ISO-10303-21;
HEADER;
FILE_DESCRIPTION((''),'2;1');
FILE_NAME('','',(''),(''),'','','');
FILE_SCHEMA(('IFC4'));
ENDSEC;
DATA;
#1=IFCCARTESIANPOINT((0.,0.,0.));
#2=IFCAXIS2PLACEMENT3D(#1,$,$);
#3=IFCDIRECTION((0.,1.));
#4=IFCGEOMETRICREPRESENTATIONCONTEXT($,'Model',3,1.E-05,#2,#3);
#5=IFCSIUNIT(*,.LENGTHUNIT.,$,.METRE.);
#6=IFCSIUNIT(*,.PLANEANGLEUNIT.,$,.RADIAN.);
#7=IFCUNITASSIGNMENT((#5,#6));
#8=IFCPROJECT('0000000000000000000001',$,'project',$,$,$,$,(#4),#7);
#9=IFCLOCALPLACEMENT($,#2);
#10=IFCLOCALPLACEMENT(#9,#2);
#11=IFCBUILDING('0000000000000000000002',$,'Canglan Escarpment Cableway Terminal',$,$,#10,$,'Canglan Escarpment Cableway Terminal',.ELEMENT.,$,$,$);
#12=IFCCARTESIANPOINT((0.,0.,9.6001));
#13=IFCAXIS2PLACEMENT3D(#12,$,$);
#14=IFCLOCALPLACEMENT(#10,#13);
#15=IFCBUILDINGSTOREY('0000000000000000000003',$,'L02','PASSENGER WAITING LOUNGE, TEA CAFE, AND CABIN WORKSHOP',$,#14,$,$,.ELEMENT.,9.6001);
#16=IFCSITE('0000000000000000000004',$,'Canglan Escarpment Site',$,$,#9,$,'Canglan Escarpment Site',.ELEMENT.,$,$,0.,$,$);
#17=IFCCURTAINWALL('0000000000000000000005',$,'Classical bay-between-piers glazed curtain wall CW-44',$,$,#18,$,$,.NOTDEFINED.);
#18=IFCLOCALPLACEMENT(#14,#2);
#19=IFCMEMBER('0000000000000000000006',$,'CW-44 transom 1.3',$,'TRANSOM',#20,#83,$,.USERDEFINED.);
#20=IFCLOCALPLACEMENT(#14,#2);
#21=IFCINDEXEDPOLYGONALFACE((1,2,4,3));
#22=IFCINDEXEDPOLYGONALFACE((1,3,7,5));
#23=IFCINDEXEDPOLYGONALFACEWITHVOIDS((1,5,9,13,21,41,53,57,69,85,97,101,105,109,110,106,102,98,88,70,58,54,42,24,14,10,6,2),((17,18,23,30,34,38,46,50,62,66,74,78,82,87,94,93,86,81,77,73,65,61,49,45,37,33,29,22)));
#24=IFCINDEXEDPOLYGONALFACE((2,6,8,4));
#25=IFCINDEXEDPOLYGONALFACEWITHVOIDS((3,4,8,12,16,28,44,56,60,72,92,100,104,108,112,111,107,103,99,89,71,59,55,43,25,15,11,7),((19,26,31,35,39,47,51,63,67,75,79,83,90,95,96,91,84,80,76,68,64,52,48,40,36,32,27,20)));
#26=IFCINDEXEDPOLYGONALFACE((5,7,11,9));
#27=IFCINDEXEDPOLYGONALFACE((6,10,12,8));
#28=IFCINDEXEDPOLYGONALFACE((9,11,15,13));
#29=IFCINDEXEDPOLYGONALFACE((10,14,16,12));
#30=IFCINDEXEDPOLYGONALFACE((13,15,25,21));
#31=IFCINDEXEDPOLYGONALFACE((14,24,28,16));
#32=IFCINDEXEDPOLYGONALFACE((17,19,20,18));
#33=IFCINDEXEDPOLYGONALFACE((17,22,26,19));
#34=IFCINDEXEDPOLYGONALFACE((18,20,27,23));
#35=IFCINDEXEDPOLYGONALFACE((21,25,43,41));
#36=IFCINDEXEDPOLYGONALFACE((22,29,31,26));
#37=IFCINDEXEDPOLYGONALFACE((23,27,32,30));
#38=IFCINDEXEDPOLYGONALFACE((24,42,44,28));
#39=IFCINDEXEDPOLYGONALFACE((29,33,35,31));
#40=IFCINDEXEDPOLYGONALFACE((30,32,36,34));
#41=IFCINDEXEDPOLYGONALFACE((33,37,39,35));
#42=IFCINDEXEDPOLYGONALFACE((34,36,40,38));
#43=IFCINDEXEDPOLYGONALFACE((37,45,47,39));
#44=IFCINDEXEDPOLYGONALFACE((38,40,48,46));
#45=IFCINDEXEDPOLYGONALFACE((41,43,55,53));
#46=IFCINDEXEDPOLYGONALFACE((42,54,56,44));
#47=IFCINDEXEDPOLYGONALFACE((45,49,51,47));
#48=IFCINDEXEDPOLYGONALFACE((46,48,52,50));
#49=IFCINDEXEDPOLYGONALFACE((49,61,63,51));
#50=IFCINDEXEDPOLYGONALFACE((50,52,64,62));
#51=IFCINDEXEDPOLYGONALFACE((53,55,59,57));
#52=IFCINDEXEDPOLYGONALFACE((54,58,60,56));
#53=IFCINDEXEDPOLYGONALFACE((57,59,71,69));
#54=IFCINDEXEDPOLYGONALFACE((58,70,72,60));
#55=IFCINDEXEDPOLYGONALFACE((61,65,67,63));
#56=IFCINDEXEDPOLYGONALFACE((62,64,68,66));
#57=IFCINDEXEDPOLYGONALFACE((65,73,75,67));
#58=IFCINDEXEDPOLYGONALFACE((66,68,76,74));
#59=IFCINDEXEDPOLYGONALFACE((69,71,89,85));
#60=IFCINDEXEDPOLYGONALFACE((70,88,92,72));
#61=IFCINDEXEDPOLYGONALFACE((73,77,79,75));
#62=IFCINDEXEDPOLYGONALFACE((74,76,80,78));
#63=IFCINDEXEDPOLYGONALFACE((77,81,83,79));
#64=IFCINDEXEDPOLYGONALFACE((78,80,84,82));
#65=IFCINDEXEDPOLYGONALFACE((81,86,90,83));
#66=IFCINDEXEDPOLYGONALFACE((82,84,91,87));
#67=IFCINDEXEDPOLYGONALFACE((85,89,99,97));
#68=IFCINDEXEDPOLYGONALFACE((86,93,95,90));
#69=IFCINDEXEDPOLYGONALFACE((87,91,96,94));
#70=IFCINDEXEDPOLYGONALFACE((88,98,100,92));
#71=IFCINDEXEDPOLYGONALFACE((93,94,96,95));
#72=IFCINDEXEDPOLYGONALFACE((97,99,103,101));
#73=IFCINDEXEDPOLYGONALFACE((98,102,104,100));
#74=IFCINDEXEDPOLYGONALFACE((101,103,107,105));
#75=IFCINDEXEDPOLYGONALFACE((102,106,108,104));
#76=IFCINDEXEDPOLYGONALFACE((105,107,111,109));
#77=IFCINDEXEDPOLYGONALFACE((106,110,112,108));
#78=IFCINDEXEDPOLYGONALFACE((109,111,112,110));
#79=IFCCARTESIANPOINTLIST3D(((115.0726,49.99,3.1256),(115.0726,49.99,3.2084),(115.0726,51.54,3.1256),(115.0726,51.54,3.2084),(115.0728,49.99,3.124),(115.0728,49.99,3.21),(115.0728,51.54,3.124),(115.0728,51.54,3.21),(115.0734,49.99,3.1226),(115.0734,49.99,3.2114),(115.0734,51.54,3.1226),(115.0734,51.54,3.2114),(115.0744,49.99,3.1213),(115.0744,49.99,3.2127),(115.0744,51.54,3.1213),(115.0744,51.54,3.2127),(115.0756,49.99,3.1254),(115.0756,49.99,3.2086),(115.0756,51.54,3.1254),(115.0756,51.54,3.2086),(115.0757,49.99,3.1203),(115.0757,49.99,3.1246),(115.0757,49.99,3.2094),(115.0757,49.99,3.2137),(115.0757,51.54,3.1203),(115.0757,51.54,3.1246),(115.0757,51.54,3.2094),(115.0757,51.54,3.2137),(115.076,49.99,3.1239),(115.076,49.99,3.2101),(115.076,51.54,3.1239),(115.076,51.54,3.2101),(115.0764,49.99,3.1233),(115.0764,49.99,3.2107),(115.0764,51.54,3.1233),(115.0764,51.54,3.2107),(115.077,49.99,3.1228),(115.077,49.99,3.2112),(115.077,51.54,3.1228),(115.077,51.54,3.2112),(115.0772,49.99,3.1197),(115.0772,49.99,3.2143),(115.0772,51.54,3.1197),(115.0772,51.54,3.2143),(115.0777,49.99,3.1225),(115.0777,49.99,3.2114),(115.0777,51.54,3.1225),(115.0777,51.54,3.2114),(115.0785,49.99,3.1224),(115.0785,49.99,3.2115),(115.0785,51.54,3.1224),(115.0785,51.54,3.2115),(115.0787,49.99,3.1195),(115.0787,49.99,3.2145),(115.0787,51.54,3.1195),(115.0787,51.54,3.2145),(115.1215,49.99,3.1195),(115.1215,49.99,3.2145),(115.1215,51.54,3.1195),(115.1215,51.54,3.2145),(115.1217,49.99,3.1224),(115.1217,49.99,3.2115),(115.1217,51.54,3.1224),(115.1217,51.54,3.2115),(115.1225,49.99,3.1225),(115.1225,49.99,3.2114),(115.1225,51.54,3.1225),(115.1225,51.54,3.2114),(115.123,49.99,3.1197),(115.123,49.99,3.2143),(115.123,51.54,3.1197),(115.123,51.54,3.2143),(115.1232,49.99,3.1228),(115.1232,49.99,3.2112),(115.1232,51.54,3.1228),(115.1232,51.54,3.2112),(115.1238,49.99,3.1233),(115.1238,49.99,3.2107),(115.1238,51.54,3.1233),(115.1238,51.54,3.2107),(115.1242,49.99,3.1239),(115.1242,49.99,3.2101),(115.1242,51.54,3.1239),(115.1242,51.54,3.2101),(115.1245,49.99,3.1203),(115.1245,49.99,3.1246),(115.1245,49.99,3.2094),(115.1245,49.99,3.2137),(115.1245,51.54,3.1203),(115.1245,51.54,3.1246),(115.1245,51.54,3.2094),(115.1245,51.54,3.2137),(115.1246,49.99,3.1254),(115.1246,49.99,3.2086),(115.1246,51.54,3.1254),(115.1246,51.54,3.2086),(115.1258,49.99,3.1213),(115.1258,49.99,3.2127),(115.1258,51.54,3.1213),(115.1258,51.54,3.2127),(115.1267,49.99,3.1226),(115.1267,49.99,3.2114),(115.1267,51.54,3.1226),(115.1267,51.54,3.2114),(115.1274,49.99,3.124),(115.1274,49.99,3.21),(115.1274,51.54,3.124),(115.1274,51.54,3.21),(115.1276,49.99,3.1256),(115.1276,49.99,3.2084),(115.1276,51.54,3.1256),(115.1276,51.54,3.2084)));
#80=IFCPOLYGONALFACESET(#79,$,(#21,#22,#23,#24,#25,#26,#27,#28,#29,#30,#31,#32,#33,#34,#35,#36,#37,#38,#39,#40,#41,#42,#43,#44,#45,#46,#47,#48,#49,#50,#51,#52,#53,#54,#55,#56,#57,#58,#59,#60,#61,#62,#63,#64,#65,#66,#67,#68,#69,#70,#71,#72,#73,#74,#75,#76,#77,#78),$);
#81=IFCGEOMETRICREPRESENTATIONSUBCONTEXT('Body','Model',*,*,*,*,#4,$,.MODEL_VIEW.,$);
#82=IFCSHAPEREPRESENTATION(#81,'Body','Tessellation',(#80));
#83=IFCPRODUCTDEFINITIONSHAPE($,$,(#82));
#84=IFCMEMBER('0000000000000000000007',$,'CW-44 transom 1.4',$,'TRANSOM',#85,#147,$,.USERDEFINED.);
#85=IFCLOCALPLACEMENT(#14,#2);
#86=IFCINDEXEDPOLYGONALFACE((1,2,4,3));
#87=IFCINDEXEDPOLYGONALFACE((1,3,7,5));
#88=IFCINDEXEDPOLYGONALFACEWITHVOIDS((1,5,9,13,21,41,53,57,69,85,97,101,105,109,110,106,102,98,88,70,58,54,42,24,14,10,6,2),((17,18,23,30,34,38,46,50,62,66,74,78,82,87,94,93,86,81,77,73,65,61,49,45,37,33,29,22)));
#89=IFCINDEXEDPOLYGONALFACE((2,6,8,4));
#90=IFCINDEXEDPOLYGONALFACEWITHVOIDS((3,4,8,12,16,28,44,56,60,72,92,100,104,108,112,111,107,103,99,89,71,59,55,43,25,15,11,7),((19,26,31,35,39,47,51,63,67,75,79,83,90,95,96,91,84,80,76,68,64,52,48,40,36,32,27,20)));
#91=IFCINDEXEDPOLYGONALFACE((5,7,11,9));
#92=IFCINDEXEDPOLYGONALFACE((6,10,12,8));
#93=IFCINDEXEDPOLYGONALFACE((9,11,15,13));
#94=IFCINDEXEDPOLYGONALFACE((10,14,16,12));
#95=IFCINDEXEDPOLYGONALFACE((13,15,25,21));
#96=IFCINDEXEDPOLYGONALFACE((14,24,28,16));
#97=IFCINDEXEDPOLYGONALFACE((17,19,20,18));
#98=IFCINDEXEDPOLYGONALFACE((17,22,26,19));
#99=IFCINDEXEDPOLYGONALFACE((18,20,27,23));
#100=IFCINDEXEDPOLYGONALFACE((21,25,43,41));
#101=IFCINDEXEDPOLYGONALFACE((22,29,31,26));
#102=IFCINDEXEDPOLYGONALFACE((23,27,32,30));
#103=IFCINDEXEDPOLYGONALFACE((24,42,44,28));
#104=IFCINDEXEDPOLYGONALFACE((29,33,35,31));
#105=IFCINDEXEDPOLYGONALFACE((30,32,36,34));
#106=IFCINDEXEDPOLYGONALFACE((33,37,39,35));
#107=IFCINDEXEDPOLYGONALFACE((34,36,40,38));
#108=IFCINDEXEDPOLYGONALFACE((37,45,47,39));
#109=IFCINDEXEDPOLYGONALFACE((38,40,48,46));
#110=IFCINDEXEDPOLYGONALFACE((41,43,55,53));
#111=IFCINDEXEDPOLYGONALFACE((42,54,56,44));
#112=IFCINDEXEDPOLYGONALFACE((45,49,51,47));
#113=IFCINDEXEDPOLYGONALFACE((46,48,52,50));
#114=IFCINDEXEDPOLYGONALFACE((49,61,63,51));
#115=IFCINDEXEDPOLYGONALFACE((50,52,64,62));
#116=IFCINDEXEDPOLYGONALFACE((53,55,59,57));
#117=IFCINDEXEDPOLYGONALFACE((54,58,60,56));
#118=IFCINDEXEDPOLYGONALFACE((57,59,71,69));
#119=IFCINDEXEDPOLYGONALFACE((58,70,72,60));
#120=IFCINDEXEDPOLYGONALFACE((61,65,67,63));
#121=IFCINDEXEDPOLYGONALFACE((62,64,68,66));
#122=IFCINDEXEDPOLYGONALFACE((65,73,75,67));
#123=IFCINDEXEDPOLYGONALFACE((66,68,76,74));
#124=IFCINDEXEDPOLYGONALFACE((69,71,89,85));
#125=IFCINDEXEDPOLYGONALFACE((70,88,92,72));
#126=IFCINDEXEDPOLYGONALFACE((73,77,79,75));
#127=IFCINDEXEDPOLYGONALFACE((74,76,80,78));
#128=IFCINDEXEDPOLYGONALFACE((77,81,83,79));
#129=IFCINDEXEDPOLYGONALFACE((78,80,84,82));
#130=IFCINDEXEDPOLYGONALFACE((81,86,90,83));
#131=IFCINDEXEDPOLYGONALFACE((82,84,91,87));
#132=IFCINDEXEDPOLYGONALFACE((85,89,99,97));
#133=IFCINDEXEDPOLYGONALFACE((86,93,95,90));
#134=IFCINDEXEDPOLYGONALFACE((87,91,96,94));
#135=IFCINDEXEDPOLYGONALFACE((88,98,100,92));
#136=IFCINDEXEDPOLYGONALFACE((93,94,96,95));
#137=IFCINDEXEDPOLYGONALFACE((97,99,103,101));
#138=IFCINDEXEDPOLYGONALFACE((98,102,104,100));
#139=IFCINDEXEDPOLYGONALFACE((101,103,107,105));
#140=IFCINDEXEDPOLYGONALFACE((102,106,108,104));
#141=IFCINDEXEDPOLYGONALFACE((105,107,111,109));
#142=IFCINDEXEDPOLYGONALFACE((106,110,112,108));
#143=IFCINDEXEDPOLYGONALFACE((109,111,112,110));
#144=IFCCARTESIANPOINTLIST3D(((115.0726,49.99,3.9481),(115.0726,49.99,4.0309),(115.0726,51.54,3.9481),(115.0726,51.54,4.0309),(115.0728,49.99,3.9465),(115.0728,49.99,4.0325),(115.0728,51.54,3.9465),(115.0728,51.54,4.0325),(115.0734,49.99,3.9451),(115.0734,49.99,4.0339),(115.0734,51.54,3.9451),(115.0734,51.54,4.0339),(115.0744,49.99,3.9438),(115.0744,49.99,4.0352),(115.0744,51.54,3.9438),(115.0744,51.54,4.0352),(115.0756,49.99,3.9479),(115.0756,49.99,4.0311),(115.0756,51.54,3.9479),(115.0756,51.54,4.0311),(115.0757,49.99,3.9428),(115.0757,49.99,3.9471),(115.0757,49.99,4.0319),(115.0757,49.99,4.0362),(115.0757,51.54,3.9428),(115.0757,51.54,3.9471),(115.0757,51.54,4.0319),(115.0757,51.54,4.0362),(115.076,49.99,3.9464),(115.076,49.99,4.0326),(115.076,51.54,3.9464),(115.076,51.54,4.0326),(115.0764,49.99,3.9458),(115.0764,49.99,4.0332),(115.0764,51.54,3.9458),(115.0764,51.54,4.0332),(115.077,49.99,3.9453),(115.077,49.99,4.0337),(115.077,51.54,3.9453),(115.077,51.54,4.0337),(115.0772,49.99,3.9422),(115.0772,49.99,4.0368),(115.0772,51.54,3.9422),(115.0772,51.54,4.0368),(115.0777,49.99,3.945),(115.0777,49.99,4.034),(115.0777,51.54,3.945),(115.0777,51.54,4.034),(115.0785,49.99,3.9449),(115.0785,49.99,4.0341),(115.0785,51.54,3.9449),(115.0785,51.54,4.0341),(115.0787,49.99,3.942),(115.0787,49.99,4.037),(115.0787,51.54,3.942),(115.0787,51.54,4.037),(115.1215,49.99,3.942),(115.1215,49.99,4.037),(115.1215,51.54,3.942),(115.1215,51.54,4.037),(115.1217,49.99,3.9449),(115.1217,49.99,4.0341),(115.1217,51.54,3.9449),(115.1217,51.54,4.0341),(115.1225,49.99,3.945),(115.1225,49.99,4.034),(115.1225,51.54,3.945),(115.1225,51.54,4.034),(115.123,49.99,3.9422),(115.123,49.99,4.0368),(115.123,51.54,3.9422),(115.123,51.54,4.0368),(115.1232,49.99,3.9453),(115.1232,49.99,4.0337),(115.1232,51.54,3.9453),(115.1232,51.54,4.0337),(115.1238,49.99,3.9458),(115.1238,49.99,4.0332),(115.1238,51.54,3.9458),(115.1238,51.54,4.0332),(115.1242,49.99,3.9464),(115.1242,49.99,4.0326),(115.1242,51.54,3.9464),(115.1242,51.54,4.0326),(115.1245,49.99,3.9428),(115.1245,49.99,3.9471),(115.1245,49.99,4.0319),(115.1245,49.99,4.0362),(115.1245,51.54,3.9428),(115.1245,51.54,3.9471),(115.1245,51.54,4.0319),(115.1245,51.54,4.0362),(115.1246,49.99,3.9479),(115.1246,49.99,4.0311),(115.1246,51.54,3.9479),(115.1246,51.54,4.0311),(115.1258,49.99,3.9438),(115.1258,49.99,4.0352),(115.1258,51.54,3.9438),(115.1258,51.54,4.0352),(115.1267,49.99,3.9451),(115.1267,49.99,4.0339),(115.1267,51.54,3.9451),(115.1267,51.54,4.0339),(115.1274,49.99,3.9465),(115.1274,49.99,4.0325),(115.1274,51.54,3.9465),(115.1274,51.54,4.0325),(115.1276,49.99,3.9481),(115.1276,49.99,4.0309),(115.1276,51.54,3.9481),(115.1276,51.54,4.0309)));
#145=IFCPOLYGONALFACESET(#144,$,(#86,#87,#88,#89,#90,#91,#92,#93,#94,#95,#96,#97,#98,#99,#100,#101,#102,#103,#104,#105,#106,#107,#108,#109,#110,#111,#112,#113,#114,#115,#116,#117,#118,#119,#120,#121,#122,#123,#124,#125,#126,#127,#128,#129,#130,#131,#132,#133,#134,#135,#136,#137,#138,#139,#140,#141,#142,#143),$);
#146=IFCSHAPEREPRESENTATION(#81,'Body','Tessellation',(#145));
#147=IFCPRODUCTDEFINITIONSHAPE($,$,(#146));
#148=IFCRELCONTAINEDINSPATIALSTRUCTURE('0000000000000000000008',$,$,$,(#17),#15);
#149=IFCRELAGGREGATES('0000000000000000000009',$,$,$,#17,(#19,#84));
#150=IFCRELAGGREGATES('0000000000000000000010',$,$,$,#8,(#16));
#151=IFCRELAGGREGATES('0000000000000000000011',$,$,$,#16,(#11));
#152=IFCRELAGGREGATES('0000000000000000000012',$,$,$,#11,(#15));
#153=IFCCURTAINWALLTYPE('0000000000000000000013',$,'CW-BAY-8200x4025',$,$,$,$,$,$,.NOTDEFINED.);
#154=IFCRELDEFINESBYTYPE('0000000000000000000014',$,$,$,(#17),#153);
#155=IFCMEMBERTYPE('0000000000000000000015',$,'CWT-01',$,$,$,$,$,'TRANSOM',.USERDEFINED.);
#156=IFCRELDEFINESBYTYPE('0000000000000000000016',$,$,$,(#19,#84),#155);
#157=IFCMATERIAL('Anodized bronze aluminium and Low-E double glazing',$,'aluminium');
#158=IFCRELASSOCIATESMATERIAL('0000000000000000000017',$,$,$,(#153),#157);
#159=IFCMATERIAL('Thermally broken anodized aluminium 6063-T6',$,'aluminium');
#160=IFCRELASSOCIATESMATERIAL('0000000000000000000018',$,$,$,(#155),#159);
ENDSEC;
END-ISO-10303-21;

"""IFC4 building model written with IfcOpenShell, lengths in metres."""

from ifc_helpers import new_model, si_unit, direction, frame, origin, origin_2d, place, context, subcontext, project, spatial, hollow_rectangle, extrude, material, material_profile, profile_set, type_object, element, aggregate, save


model = new_model("IFC4")

# Units and contexts
model_context = context("Model", 3, precision=1e-05, world=origin(), true_north=direction((0.0, 1.0)))
body_context = subcontext(model_context, "Body", "Model", "MODEL_VIEW")
ifc_project = project(units=[si_unit("LENGTHUNIT", "METRE"), si_unit("PLANEANGLEUNIT", "RADIAN")], contexts=[model_context])

# Site, building, storey
site_placement = place(None, origin())
site = spatial("IfcSite", under=ifc_project, at=site_placement, Name="Canglan Escarpment Site", LongName="Canglan Escarpment Site", CompositionType="ELEMENT", RefElevation=0.0)
building_placement = place(site_placement, origin())
building = spatial("IfcBuilding", under=site, at=building_placement, Name="Canglan Escarpment Cableway Terminal", LongName="Canglan Escarpment Cableway Terminal", CompositionType="ELEMENT")
storey_placement = place(building_placement, frame((0.0, 0.0, 9.6001)))
storey = spatial("IfcBuildingStorey", under=building, at=storey_placement, Name="L02", Description="PASSENGER WAITING LOUNGE, TEA CAFE, AND CABIN WORKSHOP", CompositionType="ELEMENT", Elevation=9.6001)

# Curtain wall
ifc_material_1 = material(Name="Anodized bronze aluminium and Low-E double glazing", Category="aluminium")
curtain_wall_type = type_object("IfcCurtainWallType", Name="CW-BAY-8200x4025", PredefinedType="NOTDEFINED", material=ifc_material_1)
curtain_wall_1_placement = place(storey_placement, origin())
curtain_wall_1 = element("IfcCurtainWall", 1, at=curtain_wall_1_placement, inside=storey, type_object=curtain_wall_type, Name="Classical bay-between-piers glazed curtain wall CW-44", PredefinedType="NOTDEFINED")
ifc_material_2 = material(Name="Thermally broken anodized aluminium 6063-T6", Category="aluminium")

# Members
ifc_material_profile_1 = material_profile(ifc_material_2, hollow_rectangle(XDim=0.0549, YDim=0.095, WallThickness=0.0029, InnerFilletRadius=0.0029, OuterFilletRadius=0.0061, at=origin_2d()), Name="ALU-TRAN 55x95x3")
ifc_profile_set_1 = profile_set([ifc_material_profile_1], Name="Thermally broken anodized aluminium 6063-T6")
member_type_1 = type_object("IfcMemberType", Name="CWT-01", ElementType="TRANSOM", PredefinedType="USERDEFINED", material=ifc_profile_set_1)
member_1_placement = place(storey_placement, frame((115.1001, 51.54, 3.167), z_axis=(0.0, -1.0, 0.0), x_axis=(1.0, 0.0, 0.0)))
member_1 = element("IfcMember", 2, at=member_1_placement, type_object=member_type_1, Name="CW-44 transom 1.3", ObjectType="TRANSOM", PredefinedType="USERDEFINED", context=body_context, shape_type="SweptSolid", body=[
    extrude(hollow_rectangle(XDim=0.0549, YDim=0.095, WallThickness=0.0029, InnerFilletRadius=0.0029, OuterFilletRadius=0.0061, at=origin_2d()), origin(), (0.0, 0.0, 1.0), 1.55),
])
member_2_placement = place(storey_placement, frame((115.1001, 51.54, 3.9895), z_axis=(0.0, -1.0, 0.0), x_axis=(1.0, 0.0, 0.0)))
member_2 = element("IfcMember", 3, at=member_2_placement, type_object=member_type_1, Name="CW-44 transom 1.4", ObjectType="TRANSOM", PredefinedType="USERDEFINED", context=body_context, shape_type="SweptSolid", body=[
    extrude(hollow_rectangle(XDim=0.0549, YDim=0.095, WallThickness=0.0029, InnerFilletRadius=0.0029, OuterFilletRadius=0.0061, at=origin_2d()), origin(), (0.0, 0.0, 1.0), 1.55),
])

aggregate(curtain_wall_1, [member_1, member_2])

save(model, "model.ifc")
